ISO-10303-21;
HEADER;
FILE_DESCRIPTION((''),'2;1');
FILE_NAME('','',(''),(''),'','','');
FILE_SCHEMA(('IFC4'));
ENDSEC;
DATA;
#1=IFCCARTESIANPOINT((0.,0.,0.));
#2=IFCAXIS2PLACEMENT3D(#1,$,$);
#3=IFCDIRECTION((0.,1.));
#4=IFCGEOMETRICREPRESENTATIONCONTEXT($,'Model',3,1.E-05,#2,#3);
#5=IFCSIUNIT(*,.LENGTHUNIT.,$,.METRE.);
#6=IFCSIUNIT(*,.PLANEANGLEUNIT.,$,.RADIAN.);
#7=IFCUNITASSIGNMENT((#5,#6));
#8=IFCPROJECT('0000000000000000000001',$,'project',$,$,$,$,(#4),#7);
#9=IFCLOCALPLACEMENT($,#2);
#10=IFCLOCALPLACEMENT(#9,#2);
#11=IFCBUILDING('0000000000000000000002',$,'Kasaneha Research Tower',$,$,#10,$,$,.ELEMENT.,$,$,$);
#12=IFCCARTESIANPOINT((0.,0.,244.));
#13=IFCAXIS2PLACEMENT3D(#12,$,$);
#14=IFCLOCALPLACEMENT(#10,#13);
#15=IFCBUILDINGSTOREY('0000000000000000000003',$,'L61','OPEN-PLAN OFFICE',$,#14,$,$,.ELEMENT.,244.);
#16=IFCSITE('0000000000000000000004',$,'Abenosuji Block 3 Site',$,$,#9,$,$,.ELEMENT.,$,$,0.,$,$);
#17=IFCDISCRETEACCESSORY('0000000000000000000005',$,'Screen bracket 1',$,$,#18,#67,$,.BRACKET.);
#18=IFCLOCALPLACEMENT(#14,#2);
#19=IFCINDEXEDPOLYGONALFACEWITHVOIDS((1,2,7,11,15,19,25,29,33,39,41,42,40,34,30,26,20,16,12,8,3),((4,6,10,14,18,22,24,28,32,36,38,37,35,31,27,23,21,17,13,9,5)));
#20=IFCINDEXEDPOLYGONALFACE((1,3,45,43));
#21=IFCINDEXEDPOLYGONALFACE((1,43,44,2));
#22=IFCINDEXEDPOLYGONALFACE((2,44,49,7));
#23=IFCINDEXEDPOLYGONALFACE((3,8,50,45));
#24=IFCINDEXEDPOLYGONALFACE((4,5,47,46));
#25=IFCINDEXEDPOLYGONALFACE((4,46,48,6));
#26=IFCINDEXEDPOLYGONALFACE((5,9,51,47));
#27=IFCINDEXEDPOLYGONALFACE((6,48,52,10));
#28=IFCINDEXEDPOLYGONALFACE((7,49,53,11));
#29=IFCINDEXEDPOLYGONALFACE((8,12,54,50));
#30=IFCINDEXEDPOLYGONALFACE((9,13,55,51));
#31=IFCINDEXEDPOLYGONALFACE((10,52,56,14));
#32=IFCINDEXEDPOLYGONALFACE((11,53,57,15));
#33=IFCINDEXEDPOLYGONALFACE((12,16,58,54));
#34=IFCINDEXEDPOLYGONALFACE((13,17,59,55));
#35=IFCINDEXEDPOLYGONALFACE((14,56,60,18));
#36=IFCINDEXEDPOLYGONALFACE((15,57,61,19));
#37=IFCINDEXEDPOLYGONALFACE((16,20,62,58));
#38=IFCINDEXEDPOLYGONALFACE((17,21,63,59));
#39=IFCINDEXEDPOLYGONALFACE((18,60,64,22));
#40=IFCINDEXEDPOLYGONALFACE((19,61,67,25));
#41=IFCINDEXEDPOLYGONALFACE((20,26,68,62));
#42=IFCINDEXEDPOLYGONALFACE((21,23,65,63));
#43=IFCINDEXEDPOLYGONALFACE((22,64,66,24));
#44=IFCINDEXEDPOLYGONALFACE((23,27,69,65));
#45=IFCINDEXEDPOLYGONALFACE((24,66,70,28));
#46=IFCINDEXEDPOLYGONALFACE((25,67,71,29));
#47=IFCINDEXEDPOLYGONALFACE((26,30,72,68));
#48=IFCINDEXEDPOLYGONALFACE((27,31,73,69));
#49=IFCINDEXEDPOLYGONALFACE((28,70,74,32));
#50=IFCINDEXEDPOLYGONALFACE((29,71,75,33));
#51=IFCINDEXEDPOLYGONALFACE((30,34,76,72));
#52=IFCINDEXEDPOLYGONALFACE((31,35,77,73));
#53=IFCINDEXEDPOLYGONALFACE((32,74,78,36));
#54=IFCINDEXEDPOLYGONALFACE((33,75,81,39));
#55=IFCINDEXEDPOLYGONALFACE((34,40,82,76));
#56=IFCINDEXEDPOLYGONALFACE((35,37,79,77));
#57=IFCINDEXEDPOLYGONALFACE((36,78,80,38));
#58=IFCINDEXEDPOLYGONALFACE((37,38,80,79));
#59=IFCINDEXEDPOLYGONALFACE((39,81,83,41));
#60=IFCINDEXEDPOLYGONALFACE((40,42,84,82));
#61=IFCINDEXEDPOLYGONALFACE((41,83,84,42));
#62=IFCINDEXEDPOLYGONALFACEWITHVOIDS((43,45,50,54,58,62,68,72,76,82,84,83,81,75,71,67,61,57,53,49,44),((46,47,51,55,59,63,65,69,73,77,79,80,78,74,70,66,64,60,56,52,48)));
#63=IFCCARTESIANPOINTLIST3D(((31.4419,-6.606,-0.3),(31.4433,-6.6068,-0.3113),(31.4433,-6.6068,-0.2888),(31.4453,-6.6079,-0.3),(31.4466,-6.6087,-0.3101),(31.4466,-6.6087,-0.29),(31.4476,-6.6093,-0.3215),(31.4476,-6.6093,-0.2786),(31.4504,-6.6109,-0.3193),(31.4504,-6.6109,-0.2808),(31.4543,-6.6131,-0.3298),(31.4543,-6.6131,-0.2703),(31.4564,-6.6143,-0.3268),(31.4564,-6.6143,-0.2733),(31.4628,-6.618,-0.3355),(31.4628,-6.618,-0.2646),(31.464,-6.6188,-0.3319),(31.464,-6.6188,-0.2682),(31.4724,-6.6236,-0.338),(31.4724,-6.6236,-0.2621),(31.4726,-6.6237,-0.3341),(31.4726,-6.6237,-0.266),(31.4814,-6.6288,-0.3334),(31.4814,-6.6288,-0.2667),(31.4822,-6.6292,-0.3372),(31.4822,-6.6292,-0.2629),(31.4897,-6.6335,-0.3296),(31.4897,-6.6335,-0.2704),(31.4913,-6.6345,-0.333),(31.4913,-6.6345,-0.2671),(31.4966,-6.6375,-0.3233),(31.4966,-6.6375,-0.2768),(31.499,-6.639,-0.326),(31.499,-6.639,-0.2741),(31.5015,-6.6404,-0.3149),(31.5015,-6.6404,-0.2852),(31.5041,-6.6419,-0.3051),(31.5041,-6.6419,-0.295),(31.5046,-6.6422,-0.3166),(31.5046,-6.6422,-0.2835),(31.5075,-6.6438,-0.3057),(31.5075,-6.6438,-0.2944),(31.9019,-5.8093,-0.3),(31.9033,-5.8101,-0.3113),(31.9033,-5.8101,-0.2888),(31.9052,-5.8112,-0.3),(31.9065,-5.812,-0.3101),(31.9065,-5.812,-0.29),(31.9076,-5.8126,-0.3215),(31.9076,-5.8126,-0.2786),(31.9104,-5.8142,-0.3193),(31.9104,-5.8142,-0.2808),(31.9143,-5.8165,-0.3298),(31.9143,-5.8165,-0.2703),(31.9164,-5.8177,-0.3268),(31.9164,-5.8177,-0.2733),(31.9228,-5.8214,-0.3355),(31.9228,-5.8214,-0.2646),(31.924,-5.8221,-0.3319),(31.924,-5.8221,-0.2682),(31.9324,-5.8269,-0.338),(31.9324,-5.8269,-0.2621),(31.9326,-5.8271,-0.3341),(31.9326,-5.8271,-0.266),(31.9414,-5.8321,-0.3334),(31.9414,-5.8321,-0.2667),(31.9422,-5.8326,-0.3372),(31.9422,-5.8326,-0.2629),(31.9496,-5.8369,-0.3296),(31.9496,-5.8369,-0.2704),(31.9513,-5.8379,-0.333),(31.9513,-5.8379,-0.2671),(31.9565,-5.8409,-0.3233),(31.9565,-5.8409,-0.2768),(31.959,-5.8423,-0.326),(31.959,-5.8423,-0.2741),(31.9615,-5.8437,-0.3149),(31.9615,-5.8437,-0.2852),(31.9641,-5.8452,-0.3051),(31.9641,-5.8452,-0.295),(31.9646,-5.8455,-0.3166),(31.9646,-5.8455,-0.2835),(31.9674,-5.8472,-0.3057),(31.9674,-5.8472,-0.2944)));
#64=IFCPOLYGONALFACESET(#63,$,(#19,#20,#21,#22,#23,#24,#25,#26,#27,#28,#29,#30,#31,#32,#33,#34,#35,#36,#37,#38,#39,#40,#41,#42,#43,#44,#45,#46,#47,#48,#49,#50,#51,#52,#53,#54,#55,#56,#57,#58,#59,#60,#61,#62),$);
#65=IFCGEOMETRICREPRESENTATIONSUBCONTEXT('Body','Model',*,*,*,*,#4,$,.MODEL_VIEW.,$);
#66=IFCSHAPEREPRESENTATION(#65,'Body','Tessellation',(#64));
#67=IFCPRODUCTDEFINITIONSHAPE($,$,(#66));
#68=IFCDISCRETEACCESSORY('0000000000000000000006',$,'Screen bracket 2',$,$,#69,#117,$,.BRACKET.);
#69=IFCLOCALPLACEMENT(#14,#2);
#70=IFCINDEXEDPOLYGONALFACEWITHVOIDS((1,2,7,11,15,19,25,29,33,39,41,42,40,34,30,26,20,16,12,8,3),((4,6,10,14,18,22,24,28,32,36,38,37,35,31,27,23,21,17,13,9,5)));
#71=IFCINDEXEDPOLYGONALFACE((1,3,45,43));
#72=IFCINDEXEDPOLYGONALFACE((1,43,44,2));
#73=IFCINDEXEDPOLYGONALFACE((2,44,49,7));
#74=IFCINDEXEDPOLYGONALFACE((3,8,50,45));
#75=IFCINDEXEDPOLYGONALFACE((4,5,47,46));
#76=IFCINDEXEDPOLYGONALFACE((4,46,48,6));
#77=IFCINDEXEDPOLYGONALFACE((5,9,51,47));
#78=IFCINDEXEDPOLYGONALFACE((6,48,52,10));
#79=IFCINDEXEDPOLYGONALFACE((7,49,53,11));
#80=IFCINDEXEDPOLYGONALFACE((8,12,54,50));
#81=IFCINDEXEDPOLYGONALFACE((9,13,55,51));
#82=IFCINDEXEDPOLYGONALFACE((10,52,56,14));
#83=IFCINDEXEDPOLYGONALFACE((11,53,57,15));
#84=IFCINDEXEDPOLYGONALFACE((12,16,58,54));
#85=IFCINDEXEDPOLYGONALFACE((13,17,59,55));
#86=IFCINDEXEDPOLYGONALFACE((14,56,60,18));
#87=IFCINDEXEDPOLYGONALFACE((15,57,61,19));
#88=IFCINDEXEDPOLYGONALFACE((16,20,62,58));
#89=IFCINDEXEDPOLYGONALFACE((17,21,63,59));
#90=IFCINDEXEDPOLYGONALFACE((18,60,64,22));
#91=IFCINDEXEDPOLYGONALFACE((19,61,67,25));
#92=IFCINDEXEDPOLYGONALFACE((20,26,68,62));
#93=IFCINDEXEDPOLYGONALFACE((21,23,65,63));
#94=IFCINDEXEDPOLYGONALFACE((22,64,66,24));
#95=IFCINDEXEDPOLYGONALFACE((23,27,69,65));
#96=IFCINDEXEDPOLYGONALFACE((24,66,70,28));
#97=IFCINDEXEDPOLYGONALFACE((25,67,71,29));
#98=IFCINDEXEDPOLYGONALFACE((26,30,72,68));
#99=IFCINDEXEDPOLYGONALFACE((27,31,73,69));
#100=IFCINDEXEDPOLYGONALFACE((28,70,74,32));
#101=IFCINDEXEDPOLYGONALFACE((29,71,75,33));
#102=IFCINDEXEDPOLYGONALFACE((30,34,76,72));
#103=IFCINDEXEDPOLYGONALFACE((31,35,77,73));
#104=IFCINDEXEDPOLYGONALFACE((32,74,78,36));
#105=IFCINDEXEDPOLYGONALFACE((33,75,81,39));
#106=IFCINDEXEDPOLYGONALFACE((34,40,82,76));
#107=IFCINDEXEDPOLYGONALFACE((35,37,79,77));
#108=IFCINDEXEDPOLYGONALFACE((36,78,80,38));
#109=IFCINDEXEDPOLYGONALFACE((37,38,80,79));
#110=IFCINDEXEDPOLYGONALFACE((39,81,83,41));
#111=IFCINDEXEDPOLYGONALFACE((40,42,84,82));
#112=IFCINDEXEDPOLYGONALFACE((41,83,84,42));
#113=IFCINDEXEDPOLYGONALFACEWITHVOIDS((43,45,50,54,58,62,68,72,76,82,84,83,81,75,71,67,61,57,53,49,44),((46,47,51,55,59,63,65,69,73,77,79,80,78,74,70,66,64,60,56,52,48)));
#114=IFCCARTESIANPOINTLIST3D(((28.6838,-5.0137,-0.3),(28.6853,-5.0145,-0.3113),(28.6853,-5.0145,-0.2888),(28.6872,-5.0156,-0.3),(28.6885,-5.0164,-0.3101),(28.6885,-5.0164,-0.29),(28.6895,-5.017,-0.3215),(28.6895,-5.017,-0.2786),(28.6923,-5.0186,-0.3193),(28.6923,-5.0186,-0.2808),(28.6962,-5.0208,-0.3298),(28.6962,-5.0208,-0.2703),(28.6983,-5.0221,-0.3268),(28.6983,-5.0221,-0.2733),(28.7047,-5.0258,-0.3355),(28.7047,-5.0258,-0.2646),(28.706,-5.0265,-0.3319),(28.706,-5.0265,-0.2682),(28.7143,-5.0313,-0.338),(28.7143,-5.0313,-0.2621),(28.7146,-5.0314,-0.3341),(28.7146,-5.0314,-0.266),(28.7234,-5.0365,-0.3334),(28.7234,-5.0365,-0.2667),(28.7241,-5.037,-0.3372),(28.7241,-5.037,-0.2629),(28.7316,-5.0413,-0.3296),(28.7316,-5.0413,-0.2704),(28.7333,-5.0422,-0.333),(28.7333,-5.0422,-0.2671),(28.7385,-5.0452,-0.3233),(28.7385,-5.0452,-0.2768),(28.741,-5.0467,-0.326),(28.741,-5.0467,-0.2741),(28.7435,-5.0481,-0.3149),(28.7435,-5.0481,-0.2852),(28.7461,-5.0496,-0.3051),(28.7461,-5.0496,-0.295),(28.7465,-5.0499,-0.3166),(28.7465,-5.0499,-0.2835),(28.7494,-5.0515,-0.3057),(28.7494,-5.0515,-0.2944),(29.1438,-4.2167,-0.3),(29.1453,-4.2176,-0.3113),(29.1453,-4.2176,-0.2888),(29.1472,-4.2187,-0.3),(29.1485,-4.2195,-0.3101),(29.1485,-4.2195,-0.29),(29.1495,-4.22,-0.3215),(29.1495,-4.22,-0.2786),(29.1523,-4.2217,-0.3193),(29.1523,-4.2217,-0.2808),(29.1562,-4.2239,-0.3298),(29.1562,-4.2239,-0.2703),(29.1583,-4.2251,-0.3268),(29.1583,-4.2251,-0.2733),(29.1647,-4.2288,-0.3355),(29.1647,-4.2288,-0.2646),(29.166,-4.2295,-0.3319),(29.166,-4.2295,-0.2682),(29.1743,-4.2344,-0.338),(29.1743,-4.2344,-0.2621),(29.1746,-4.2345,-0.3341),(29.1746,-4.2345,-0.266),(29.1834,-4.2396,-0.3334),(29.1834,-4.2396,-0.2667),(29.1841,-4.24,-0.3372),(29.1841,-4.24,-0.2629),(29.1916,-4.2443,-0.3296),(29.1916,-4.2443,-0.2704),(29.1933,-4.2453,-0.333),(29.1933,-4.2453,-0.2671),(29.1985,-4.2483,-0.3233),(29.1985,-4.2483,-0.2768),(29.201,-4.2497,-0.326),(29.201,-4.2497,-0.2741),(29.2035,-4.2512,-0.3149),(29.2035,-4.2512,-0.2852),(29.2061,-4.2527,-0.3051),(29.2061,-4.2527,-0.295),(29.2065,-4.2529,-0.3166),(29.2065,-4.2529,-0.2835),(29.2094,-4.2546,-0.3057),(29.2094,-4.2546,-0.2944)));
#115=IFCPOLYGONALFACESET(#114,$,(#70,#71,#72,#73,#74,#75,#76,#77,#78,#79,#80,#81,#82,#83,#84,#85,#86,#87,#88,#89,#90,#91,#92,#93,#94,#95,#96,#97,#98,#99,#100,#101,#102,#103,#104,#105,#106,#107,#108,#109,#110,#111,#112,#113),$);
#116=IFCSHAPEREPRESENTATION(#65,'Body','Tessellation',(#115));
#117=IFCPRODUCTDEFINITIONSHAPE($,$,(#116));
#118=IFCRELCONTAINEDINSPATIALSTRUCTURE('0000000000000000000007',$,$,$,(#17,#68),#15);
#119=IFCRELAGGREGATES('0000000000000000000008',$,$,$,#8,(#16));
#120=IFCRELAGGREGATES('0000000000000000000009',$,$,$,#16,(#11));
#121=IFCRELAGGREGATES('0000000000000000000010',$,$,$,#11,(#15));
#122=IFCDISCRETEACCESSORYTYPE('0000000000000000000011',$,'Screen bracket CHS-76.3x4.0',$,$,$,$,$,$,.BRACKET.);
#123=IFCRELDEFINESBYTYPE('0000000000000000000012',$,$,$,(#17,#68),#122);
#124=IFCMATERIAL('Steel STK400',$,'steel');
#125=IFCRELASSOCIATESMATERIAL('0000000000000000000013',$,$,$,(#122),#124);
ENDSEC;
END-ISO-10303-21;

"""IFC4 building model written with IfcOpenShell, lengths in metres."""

from ifc_helpers import new_model, si_unit, direction, frame, origin, origin_2d, place, context, subcontext, project, spatial, hollow_circle, extrude, material, material_profile, profile_set, type_object, element, save


model = new_model("IFC4")

# Units and contexts
model_context = context("Model", 3, precision=1e-05, world=origin(), true_north=direction((0.0, 1.0)))
body_context = subcontext(model_context, "Body", "Model", "MODEL_VIEW")
ifc_project = project(units=[si_unit("LENGTHUNIT", "METRE"), si_unit("PLANEANGLEUNIT", "RADIAN")], contexts=[model_context])

# Site, building, storey
site_placement = place(None, origin())
site = spatial("IfcSite", under=ifc_project, at=site_placement, Name="Abenosuji Block 3 Site", CompositionType="ELEMENT", RefElevation=0.0)
building_placement = place(site_placement, origin())
building = spatial("IfcBuilding", under=site, at=building_placement, Name="Kasaneha Research Tower", CompositionType="ELEMENT")
storey_placement = place(building_placement, frame((0.0, 0.0, 244.0)))
storey = spatial("IfcBuildingStorey", under=building, at=storey_placement, Name="L61", Description="OPEN-PLAN OFFICE", CompositionType="ELEMENT", Elevation=244.0)

# Discrete accessories
ifc_material_1 = material(Name="Steel STK400", Category="steel")
ifc_material_profile_1 = material_profile(ifc_material_1, hollow_circle(Radius=0.0381, WallThickness=0.0039, at=origin_2d()), Name="CHS-76.3x4.0")
ifc_profile_set_1 = profile_set([ifc_material_profile_1], Name="Steel STK400")
discrete_accessory_type = type_object("IfcDiscreteAccessoryType", Name="Screen bracket CHS-76.3x4.0", PredefinedType="BRACKET", material=ifc_profile_set_1)
discrete_accessory_1_placement = place(storey_placement, frame((31.4749, -6.625, -0.3), z_axis=(0.500021, 0.866013, 0.0), x_axis=(-0.866013, 0.500021, 0.0)))
element("IfcDiscreteAccessory", 1, at=discrete_accessory_1_placement, inside=storey, type_object=discrete_accessory_type, Name="Screen bracket 1", PredefinedType="BRACKET", context=body_context, shape_type="SweptSolid", body=[
    extrude(hollow_circle(Radius=0.0381, WallThickness=0.0039, at=origin_2d()), origin(), (0.0, 0.0, 1.0), 0.9199),
])
discrete_accessory_2_placement = place(storey_placement, frame((28.7168, -5.0327, -0.3), z_axis=(0.499906, 0.86608, 0.0), x_axis=(-0.86608, 0.499906, 0.0)))
element("IfcDiscreteAccessory", 2, at=discrete_accessory_2_placement, inside=storey, type_object=discrete_accessory_type, Name="Screen bracket 2", PredefinedType="BRACKET", context=body_context, shape_type="SweptSolid", body=[
    extrude(hollow_circle(Radius=0.0381, WallThickness=0.0039, at=origin_2d()), origin(), (0.0, 0.0, 1.0), 0.9202),
])

save(model, "model.ifc")
